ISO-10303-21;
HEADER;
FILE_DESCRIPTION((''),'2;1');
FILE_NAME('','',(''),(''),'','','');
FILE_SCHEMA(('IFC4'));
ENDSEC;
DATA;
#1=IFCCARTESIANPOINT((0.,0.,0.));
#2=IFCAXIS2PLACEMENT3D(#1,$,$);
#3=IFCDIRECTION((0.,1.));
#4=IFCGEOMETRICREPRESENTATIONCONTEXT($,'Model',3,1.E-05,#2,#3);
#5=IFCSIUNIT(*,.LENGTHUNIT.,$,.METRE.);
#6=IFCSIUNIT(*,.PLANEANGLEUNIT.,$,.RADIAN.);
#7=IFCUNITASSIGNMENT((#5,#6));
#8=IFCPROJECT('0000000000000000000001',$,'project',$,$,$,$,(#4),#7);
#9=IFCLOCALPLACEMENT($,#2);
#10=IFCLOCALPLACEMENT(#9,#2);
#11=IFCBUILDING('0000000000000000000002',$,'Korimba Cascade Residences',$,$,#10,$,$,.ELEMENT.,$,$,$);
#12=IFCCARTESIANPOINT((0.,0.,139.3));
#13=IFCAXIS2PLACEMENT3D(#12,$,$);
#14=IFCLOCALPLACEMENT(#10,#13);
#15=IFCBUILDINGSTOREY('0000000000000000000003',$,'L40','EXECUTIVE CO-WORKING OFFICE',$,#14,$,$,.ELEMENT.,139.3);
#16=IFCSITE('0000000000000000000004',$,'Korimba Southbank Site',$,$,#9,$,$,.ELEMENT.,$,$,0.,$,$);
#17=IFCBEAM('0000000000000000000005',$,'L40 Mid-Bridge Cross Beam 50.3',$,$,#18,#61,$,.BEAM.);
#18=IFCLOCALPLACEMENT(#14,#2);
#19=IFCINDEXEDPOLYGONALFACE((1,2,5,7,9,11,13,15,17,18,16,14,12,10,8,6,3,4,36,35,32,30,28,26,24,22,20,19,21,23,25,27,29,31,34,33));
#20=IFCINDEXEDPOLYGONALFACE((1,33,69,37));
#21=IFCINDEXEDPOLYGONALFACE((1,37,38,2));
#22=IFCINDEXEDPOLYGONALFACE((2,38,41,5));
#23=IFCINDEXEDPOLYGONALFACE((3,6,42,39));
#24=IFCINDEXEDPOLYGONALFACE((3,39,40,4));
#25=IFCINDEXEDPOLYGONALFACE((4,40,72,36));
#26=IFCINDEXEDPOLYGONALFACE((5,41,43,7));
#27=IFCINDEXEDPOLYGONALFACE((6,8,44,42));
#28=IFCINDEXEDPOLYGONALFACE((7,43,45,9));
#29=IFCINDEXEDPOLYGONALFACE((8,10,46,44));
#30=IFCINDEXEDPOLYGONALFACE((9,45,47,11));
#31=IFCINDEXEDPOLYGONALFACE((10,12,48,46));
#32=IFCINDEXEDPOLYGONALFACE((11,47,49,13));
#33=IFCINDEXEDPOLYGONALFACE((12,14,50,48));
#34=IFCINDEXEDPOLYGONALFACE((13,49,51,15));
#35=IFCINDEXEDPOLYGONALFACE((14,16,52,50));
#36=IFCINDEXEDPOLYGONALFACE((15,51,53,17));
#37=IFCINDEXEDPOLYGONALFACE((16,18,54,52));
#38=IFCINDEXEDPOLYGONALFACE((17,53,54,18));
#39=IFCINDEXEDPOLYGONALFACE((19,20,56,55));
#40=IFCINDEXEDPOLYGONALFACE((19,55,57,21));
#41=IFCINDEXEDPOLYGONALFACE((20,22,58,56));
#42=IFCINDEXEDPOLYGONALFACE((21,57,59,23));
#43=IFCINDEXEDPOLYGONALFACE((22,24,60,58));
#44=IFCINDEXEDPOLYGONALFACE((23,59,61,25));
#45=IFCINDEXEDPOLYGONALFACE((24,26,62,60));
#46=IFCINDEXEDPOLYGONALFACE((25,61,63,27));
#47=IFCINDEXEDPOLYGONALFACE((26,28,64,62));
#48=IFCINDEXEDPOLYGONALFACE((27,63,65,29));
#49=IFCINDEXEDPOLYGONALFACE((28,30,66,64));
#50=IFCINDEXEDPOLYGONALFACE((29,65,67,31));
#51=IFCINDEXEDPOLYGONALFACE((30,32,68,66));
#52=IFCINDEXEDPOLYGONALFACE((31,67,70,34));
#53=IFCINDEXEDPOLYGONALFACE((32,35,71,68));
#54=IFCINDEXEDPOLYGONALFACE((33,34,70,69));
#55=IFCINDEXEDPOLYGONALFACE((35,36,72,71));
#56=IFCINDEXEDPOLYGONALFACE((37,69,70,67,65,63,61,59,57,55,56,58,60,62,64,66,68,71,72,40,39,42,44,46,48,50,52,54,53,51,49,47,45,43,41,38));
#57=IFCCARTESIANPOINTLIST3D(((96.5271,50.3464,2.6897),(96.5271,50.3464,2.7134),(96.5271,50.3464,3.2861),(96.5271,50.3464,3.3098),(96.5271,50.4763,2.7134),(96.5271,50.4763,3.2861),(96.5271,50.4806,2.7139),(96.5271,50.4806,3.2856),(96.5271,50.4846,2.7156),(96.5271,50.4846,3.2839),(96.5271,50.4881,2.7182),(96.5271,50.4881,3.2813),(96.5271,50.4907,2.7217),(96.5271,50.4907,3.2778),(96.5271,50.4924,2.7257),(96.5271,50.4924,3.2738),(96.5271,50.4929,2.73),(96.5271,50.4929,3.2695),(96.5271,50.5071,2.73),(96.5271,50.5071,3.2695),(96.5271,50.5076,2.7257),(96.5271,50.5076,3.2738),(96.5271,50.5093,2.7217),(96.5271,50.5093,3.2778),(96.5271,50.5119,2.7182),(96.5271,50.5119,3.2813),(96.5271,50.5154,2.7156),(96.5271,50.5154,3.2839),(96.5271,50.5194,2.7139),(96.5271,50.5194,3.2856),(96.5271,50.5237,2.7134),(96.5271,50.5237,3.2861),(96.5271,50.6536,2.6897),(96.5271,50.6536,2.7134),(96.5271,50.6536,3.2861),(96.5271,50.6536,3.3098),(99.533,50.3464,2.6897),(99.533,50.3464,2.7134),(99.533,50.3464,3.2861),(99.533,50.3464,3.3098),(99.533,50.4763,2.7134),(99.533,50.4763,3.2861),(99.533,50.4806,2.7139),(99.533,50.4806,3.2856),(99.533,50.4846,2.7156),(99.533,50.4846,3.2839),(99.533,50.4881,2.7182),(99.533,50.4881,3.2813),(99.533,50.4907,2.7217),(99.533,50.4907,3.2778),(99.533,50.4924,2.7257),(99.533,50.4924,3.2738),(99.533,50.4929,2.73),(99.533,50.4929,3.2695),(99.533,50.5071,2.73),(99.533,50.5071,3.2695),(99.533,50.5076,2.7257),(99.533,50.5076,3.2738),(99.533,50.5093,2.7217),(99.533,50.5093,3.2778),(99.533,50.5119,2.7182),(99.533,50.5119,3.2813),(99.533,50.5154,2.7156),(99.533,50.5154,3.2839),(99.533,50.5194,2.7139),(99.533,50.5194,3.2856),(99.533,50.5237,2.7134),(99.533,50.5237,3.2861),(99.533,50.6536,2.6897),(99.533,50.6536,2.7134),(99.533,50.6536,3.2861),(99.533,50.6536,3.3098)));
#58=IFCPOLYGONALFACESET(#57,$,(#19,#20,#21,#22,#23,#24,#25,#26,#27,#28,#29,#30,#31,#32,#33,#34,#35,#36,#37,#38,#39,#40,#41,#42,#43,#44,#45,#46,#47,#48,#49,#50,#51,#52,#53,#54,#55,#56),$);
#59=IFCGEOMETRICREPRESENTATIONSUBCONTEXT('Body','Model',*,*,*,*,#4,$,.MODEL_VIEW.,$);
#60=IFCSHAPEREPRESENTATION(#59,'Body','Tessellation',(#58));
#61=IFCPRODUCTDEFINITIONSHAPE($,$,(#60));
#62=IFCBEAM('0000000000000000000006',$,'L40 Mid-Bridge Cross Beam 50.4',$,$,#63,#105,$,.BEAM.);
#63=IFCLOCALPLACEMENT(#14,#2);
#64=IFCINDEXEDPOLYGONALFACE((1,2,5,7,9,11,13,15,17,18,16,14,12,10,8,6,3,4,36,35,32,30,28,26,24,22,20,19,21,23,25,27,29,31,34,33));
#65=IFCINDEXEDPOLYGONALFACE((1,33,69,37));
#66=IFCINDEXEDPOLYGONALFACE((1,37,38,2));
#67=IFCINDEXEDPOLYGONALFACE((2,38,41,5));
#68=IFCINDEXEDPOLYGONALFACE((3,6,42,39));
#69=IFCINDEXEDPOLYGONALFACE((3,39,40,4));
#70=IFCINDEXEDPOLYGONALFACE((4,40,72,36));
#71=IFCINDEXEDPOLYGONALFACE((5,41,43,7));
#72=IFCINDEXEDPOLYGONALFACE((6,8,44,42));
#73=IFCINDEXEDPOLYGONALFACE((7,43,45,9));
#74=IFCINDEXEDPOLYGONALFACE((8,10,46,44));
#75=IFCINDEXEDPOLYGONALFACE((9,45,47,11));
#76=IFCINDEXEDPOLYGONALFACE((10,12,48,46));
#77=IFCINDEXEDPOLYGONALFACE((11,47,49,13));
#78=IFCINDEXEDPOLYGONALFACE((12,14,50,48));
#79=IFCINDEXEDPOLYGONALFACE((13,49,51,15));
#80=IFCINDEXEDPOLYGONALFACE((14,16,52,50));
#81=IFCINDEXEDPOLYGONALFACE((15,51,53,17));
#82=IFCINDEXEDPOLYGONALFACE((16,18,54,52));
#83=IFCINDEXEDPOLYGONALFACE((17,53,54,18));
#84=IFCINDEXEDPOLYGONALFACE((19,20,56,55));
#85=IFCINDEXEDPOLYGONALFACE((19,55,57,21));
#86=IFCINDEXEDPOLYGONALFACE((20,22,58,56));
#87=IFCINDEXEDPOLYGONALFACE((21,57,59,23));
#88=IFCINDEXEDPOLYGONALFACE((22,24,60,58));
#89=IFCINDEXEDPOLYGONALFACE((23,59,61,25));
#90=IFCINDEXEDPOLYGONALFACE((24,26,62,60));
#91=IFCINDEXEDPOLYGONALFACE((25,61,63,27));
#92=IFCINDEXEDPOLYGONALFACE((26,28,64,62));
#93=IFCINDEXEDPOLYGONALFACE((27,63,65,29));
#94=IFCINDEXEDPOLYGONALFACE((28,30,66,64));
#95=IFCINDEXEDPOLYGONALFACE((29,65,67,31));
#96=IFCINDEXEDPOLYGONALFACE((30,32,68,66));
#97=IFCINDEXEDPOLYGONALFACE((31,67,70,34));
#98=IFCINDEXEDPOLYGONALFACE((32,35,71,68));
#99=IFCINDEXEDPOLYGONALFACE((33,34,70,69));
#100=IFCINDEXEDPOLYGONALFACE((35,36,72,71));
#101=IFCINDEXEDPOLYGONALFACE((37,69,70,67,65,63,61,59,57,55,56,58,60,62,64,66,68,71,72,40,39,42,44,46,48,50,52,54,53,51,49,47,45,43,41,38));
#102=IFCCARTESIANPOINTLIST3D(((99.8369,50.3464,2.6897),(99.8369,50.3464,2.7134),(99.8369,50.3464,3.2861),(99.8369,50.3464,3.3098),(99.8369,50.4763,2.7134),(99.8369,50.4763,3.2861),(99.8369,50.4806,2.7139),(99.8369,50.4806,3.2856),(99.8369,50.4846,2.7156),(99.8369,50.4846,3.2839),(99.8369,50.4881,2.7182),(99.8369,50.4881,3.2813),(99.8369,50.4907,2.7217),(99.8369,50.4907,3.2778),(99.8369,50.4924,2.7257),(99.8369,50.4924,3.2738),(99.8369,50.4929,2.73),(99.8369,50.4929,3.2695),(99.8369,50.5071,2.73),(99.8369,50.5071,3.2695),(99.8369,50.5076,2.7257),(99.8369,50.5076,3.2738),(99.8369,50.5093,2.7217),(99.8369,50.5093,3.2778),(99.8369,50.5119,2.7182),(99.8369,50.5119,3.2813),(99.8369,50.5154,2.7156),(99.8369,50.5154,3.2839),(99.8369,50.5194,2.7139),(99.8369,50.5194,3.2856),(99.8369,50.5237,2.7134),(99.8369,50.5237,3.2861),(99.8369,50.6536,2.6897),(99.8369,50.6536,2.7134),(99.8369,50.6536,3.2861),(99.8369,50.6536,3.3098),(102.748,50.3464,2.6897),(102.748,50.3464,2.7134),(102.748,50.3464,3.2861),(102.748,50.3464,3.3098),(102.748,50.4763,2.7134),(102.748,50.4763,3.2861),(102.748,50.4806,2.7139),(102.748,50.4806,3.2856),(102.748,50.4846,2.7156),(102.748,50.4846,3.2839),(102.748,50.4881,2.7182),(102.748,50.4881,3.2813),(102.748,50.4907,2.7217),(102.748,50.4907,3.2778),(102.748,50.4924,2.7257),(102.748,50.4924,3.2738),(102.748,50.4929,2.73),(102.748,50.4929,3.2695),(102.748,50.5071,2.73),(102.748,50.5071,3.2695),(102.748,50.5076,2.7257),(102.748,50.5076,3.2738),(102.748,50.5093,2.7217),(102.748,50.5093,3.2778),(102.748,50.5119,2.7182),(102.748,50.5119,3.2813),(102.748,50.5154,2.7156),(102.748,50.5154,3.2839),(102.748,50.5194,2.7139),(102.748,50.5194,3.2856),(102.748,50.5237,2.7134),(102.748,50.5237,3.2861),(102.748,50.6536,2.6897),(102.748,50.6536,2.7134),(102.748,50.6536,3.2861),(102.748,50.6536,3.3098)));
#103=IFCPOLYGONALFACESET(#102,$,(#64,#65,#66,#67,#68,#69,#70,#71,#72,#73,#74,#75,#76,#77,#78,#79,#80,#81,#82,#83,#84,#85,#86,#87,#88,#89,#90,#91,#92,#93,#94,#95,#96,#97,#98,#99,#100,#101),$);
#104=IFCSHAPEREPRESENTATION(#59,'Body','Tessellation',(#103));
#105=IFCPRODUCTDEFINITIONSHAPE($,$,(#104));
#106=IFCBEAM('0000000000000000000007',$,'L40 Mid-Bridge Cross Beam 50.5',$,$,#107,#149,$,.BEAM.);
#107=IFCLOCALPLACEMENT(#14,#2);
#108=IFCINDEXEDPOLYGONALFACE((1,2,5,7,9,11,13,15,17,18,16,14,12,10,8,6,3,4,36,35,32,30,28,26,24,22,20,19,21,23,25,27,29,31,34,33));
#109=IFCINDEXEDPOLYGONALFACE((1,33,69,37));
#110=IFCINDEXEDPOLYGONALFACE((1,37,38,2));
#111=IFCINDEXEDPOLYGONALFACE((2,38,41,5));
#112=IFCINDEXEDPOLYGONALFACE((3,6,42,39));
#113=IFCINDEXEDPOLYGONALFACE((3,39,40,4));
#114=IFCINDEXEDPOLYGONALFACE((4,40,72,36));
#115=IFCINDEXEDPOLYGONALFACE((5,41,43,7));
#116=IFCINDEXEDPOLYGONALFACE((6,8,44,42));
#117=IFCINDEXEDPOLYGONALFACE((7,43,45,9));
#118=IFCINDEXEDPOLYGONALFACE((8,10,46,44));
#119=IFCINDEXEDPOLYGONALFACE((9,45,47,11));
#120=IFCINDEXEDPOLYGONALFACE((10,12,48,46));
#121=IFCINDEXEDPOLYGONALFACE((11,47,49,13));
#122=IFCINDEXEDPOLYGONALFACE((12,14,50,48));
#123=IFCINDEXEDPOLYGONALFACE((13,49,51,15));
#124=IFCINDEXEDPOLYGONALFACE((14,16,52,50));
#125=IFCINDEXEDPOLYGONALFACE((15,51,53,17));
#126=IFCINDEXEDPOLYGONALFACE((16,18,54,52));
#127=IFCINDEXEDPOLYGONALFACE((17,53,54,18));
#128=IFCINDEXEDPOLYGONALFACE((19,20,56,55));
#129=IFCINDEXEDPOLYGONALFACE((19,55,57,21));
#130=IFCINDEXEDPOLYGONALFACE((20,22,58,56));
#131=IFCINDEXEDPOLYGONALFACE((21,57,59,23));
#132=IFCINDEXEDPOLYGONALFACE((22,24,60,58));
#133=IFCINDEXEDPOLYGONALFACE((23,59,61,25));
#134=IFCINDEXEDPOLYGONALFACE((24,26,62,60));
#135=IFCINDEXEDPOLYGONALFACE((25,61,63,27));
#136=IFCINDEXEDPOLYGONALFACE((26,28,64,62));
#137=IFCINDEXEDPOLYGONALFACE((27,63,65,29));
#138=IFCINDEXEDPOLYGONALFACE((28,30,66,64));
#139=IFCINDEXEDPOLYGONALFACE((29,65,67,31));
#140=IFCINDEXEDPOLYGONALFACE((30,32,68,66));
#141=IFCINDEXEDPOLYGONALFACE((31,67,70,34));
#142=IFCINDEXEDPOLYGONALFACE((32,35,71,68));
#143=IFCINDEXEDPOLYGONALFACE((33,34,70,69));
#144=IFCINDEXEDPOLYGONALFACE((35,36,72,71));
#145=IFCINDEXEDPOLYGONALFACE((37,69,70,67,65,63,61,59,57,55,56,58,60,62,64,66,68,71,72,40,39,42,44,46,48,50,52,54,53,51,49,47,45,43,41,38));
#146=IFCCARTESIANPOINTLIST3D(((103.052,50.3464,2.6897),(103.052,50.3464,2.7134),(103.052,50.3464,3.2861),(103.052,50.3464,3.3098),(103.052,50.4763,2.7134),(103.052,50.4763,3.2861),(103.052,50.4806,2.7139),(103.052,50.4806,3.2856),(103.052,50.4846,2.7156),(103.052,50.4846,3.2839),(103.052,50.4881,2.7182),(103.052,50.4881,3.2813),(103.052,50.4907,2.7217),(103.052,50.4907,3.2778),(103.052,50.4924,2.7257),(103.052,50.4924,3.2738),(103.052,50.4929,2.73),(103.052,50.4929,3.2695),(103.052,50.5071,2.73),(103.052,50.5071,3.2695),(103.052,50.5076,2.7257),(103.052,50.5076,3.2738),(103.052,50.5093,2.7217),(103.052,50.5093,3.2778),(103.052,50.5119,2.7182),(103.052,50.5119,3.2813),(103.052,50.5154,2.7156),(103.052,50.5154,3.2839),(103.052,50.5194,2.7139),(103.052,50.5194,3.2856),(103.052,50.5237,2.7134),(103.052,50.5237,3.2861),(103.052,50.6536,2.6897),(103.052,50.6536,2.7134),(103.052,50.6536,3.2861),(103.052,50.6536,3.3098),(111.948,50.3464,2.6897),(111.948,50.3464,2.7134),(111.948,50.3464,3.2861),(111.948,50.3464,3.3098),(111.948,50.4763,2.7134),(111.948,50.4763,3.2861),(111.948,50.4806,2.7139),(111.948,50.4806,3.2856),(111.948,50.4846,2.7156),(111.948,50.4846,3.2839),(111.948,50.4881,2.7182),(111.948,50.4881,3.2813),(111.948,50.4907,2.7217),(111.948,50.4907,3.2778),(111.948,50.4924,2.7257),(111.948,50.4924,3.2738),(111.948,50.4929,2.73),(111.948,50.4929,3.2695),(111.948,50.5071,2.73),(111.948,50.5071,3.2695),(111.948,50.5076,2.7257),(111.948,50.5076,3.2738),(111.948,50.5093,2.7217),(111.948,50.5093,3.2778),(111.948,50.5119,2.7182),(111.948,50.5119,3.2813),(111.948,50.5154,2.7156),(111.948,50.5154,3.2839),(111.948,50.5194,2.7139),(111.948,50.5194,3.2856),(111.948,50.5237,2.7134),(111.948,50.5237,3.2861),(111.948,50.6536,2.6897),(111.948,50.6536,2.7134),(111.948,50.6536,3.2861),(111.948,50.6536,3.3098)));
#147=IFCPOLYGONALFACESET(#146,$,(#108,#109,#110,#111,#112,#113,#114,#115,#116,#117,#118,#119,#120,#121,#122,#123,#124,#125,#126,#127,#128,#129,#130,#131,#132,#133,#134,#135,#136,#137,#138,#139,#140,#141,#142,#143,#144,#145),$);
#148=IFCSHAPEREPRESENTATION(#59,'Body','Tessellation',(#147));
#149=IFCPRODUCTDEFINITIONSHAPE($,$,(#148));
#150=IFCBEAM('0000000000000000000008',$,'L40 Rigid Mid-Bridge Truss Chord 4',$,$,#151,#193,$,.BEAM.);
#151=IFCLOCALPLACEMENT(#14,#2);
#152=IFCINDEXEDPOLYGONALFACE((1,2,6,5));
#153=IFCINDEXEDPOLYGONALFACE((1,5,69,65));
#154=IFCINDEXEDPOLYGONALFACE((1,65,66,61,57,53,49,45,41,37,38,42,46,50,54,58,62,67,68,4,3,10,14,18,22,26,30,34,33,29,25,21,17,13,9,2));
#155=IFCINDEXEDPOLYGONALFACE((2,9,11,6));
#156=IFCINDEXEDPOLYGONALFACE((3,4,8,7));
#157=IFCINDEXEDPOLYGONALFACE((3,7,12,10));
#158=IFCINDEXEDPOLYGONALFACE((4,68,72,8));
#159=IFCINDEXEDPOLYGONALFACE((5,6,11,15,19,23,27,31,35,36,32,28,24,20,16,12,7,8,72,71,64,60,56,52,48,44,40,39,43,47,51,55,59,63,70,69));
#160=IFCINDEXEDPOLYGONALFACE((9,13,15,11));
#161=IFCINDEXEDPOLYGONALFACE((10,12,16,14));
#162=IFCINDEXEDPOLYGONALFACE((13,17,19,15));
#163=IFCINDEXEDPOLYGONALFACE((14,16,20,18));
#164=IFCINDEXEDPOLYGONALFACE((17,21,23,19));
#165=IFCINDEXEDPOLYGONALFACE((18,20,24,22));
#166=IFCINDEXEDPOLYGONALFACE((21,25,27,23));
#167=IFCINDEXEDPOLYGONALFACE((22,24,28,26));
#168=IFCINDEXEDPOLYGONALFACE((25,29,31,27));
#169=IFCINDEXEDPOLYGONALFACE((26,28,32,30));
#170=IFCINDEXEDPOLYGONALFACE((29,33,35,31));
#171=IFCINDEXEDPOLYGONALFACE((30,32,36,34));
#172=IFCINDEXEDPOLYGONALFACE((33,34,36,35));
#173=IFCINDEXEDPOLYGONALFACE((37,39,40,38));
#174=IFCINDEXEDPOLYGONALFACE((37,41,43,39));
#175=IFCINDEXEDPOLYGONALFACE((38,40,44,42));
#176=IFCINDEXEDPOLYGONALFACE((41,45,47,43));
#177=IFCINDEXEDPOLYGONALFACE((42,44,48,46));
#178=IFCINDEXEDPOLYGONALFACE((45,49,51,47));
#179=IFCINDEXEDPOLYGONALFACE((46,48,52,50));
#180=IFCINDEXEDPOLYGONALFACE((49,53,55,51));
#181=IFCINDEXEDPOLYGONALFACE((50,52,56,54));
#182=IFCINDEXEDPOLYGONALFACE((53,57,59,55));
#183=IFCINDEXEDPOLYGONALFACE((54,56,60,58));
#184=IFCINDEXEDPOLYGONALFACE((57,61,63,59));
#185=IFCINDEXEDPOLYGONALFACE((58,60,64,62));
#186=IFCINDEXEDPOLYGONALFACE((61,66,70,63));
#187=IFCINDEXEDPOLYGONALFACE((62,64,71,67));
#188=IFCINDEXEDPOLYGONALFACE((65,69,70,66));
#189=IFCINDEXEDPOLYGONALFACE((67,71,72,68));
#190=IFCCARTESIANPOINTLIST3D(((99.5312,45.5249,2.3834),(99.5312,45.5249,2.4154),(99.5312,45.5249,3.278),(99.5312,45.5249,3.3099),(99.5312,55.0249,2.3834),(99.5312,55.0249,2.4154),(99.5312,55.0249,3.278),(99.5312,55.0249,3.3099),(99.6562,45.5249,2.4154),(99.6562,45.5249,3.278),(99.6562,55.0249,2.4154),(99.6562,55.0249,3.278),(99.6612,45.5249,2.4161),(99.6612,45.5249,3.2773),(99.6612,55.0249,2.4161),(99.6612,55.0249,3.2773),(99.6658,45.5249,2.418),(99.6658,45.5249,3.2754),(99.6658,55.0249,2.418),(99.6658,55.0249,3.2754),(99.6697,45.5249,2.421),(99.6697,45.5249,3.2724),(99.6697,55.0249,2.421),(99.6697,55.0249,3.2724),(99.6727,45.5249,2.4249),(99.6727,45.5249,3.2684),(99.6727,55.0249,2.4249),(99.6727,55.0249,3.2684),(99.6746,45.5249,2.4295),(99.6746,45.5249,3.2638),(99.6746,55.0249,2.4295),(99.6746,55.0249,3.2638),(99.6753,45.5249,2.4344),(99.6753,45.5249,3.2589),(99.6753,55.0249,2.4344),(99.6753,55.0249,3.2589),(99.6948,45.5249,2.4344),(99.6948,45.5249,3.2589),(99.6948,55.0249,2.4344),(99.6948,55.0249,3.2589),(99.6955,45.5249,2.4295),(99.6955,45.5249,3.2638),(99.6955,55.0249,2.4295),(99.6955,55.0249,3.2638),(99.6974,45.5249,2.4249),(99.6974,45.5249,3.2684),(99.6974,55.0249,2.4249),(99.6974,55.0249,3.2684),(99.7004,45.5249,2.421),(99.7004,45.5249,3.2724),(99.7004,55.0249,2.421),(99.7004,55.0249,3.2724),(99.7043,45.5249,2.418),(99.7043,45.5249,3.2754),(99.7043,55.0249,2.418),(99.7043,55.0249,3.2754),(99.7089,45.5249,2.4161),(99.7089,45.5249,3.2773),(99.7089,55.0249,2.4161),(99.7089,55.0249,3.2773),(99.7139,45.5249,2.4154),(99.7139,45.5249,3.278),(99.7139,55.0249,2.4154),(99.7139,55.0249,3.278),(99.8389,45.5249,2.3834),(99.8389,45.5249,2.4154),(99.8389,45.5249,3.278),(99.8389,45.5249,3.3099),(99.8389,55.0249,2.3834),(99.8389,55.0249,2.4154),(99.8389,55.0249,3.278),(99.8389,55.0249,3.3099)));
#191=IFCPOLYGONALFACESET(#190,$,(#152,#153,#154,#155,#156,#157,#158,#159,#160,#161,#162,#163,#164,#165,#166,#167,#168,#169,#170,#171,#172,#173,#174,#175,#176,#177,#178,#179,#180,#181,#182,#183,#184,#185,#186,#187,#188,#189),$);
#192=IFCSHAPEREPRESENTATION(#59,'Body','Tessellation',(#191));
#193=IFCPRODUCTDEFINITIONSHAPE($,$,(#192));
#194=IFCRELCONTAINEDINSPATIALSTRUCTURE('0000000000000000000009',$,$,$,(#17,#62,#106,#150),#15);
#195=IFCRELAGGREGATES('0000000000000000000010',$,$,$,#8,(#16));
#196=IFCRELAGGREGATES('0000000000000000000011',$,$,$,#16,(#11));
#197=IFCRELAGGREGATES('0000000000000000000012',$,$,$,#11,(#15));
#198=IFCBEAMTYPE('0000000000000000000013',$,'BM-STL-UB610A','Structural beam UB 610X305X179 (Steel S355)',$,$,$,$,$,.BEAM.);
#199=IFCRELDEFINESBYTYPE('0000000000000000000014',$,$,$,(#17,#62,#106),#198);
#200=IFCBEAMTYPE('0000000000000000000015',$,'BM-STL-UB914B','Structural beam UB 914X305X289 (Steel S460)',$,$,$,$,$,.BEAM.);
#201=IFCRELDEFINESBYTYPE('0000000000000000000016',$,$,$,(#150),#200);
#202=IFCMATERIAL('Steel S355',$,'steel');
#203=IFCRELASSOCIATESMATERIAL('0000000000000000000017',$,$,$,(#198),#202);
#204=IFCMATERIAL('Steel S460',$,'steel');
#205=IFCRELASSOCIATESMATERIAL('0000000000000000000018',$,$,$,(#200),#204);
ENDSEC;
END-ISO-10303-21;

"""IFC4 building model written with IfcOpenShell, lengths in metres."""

from ifc_helpers import new_model, si_unit, direction, frame, origin, origin_2d, place, context, subcontext, project, spatial, i_section, extrude, material, material_profile, profile_set, type_object, element, save


model = new_model("IFC4")

# Units and contexts
model_context = context("Model", 3, precision=1e-05, world=origin(), true_north=direction((0.0, 1.0)))
body_context = subcontext(model_context, "Body", "Model", "MODEL_VIEW")
ifc_project = project(units=[si_unit("LENGTHUNIT", "METRE"), si_unit("PLANEANGLEUNIT", "RADIAN")], contexts=[model_context])

# Site, building, storey
site_placement = place(None, origin())
site = spatial("IfcSite", under=ifc_project, at=site_placement, Name="Korimba Southbank Site", CompositionType="ELEMENT", RefElevation=0.0)
building_placement = place(site_placement, origin())
building = spatial("IfcBuilding", under=site, at=building_placement, Name="Korimba Cascade Residences", CompositionType="ELEMENT")
storey_placement = place(building_placement, frame((0.0, 0.0, 139.3)))
storey = spatial("IfcBuildingStorey", under=building, at=storey_placement, Name="L40", Description="EXECUTIVE CO-WORKING OFFICE", CompositionType="ELEMENT", Elevation=139.3)

# Shared definitions
ifc_material_1 = material(Name="Steel S460", Category="steel")

# Beams
ifc_material_2 = material(Name="Steel S355", Category="steel")
ifc_material_profile_1 = material_profile(ifc_material_2, i_section(OverallWidth=0.3071, OverallDepth=0.6201, WebThickness=0.0142, FlangeThickness=0.0237, FilletRadius=0.0166, at=origin_2d()), Name="Steel S355")
ifc_profile_set_1 = profile_set([ifc_material_profile_1], Name="Steel S355")
beam_type_1 = type_object("IfcBeamType", Name="BM-STL-UB610A", Description="Structural beam UB 610X305X179 (Steel S355)", PredefinedType="BEAM", material=ifc_profile_set_1)
beam_1_placement = place(storey_placement, frame((96.5271, 50.5, 2.9998), z_axis=(1.0, 0.0, 0.0), x_axis=(0.0, 1.0, 0.0)))
element("IfcBeam", 1, at=beam_1_placement, inside=storey, type_object=beam_type_1, Name="L40 Mid-Bridge Cross Beam 50.3", PredefinedType="BEAM", context=body_context, shape_type="SweptSolid", body=[
    extrude(i_section(OverallWidth=0.3071, OverallDepth=0.6201, WebThickness=0.0142, FlangeThickness=0.0237, FilletRadius=0.0166, at=origin_2d()), origin(), (0.0, 0.0, 1.0), 3.0059),
])
beam_2_placement = place(storey_placement, frame((99.8369, 50.5, 2.9998), z_axis=(1.0, 0.0, 0.0), x_axis=(0.0, 1.0, 0.0)))
element("IfcBeam", 2, at=beam_2_placement, inside=storey, type_object=beam_type_1, Name="L40 Mid-Bridge Cross Beam 50.4", PredefinedType="BEAM", context=body_context, shape_type="SweptSolid", body=[
    extrude(i_section(OverallWidth=0.3071, OverallDepth=0.6201, WebThickness=0.0142, FlangeThickness=0.0237, FilletRadius=0.0166, at=origin_2d()), origin(), (0.0, 0.0, 1.0), 2.9111),
])
beam_3_placement = place(storey_placement, frame((103.052, 50.5, 2.9998), z_axis=(1.0, 0.0, 0.0), x_axis=(0.0, 1.0, 0.0)))
element("IfcBeam", 3, at=beam_3_placement, inside=storey, type_object=beam_type_1, Name="L40 Mid-Bridge Cross Beam 50.5", PredefinedType="BEAM", context=body_context, shape_type="SweptSolid", body=[
    extrude(i_section(OverallWidth=0.3071, OverallDepth=0.6201, WebThickness=0.0142, FlangeThickness=0.0237, FilletRadius=0.0166, at=origin_2d()), origin(), (0.0, 0.0, 1.0), 8.896),
])
ifc_material_profile_2 = material_profile(ifc_material_1, i_section(OverallWidth=0.3076, OverallDepth=0.9265, WebThickness=0.0195, FlangeThickness=0.032, FilletRadius=0.019, at=origin_2d()), Name="Steel S460")
ifc_profile_set_2 = profile_set([ifc_material_profile_2], Name="Steel S460")
beam_type_2 = type_object("IfcBeamType", Name="BM-STL-UB914B", Description="Structural beam UB 914X305X289 (Steel S460)", PredefinedType="BEAM", material=ifc_profile_set_2)
beam_4_placement = place(storey_placement, frame((99.6851, 45.5249, 2.8467), z_axis=(0.0, 1.0, 0.0), x_axis=(-1.0, 0.0, 0.0)))
element("IfcBeam", 4, at=beam_4_placement, inside=storey, type_object=beam_type_2, Name="L40 Rigid Mid-Bridge Truss Chord 4", PredefinedType="BEAM", context=body_context, shape_type="SweptSolid", body=[
    extrude(i_section(OverallWidth=0.3076, OverallDepth=0.9265, WebThickness=0.0195, FlangeThickness=0.032, FilletRadius=0.019, at=origin_2d()), origin(), (0.0, 0.0, 1.0), 9.5),
])

save(model, "model.ifc")
